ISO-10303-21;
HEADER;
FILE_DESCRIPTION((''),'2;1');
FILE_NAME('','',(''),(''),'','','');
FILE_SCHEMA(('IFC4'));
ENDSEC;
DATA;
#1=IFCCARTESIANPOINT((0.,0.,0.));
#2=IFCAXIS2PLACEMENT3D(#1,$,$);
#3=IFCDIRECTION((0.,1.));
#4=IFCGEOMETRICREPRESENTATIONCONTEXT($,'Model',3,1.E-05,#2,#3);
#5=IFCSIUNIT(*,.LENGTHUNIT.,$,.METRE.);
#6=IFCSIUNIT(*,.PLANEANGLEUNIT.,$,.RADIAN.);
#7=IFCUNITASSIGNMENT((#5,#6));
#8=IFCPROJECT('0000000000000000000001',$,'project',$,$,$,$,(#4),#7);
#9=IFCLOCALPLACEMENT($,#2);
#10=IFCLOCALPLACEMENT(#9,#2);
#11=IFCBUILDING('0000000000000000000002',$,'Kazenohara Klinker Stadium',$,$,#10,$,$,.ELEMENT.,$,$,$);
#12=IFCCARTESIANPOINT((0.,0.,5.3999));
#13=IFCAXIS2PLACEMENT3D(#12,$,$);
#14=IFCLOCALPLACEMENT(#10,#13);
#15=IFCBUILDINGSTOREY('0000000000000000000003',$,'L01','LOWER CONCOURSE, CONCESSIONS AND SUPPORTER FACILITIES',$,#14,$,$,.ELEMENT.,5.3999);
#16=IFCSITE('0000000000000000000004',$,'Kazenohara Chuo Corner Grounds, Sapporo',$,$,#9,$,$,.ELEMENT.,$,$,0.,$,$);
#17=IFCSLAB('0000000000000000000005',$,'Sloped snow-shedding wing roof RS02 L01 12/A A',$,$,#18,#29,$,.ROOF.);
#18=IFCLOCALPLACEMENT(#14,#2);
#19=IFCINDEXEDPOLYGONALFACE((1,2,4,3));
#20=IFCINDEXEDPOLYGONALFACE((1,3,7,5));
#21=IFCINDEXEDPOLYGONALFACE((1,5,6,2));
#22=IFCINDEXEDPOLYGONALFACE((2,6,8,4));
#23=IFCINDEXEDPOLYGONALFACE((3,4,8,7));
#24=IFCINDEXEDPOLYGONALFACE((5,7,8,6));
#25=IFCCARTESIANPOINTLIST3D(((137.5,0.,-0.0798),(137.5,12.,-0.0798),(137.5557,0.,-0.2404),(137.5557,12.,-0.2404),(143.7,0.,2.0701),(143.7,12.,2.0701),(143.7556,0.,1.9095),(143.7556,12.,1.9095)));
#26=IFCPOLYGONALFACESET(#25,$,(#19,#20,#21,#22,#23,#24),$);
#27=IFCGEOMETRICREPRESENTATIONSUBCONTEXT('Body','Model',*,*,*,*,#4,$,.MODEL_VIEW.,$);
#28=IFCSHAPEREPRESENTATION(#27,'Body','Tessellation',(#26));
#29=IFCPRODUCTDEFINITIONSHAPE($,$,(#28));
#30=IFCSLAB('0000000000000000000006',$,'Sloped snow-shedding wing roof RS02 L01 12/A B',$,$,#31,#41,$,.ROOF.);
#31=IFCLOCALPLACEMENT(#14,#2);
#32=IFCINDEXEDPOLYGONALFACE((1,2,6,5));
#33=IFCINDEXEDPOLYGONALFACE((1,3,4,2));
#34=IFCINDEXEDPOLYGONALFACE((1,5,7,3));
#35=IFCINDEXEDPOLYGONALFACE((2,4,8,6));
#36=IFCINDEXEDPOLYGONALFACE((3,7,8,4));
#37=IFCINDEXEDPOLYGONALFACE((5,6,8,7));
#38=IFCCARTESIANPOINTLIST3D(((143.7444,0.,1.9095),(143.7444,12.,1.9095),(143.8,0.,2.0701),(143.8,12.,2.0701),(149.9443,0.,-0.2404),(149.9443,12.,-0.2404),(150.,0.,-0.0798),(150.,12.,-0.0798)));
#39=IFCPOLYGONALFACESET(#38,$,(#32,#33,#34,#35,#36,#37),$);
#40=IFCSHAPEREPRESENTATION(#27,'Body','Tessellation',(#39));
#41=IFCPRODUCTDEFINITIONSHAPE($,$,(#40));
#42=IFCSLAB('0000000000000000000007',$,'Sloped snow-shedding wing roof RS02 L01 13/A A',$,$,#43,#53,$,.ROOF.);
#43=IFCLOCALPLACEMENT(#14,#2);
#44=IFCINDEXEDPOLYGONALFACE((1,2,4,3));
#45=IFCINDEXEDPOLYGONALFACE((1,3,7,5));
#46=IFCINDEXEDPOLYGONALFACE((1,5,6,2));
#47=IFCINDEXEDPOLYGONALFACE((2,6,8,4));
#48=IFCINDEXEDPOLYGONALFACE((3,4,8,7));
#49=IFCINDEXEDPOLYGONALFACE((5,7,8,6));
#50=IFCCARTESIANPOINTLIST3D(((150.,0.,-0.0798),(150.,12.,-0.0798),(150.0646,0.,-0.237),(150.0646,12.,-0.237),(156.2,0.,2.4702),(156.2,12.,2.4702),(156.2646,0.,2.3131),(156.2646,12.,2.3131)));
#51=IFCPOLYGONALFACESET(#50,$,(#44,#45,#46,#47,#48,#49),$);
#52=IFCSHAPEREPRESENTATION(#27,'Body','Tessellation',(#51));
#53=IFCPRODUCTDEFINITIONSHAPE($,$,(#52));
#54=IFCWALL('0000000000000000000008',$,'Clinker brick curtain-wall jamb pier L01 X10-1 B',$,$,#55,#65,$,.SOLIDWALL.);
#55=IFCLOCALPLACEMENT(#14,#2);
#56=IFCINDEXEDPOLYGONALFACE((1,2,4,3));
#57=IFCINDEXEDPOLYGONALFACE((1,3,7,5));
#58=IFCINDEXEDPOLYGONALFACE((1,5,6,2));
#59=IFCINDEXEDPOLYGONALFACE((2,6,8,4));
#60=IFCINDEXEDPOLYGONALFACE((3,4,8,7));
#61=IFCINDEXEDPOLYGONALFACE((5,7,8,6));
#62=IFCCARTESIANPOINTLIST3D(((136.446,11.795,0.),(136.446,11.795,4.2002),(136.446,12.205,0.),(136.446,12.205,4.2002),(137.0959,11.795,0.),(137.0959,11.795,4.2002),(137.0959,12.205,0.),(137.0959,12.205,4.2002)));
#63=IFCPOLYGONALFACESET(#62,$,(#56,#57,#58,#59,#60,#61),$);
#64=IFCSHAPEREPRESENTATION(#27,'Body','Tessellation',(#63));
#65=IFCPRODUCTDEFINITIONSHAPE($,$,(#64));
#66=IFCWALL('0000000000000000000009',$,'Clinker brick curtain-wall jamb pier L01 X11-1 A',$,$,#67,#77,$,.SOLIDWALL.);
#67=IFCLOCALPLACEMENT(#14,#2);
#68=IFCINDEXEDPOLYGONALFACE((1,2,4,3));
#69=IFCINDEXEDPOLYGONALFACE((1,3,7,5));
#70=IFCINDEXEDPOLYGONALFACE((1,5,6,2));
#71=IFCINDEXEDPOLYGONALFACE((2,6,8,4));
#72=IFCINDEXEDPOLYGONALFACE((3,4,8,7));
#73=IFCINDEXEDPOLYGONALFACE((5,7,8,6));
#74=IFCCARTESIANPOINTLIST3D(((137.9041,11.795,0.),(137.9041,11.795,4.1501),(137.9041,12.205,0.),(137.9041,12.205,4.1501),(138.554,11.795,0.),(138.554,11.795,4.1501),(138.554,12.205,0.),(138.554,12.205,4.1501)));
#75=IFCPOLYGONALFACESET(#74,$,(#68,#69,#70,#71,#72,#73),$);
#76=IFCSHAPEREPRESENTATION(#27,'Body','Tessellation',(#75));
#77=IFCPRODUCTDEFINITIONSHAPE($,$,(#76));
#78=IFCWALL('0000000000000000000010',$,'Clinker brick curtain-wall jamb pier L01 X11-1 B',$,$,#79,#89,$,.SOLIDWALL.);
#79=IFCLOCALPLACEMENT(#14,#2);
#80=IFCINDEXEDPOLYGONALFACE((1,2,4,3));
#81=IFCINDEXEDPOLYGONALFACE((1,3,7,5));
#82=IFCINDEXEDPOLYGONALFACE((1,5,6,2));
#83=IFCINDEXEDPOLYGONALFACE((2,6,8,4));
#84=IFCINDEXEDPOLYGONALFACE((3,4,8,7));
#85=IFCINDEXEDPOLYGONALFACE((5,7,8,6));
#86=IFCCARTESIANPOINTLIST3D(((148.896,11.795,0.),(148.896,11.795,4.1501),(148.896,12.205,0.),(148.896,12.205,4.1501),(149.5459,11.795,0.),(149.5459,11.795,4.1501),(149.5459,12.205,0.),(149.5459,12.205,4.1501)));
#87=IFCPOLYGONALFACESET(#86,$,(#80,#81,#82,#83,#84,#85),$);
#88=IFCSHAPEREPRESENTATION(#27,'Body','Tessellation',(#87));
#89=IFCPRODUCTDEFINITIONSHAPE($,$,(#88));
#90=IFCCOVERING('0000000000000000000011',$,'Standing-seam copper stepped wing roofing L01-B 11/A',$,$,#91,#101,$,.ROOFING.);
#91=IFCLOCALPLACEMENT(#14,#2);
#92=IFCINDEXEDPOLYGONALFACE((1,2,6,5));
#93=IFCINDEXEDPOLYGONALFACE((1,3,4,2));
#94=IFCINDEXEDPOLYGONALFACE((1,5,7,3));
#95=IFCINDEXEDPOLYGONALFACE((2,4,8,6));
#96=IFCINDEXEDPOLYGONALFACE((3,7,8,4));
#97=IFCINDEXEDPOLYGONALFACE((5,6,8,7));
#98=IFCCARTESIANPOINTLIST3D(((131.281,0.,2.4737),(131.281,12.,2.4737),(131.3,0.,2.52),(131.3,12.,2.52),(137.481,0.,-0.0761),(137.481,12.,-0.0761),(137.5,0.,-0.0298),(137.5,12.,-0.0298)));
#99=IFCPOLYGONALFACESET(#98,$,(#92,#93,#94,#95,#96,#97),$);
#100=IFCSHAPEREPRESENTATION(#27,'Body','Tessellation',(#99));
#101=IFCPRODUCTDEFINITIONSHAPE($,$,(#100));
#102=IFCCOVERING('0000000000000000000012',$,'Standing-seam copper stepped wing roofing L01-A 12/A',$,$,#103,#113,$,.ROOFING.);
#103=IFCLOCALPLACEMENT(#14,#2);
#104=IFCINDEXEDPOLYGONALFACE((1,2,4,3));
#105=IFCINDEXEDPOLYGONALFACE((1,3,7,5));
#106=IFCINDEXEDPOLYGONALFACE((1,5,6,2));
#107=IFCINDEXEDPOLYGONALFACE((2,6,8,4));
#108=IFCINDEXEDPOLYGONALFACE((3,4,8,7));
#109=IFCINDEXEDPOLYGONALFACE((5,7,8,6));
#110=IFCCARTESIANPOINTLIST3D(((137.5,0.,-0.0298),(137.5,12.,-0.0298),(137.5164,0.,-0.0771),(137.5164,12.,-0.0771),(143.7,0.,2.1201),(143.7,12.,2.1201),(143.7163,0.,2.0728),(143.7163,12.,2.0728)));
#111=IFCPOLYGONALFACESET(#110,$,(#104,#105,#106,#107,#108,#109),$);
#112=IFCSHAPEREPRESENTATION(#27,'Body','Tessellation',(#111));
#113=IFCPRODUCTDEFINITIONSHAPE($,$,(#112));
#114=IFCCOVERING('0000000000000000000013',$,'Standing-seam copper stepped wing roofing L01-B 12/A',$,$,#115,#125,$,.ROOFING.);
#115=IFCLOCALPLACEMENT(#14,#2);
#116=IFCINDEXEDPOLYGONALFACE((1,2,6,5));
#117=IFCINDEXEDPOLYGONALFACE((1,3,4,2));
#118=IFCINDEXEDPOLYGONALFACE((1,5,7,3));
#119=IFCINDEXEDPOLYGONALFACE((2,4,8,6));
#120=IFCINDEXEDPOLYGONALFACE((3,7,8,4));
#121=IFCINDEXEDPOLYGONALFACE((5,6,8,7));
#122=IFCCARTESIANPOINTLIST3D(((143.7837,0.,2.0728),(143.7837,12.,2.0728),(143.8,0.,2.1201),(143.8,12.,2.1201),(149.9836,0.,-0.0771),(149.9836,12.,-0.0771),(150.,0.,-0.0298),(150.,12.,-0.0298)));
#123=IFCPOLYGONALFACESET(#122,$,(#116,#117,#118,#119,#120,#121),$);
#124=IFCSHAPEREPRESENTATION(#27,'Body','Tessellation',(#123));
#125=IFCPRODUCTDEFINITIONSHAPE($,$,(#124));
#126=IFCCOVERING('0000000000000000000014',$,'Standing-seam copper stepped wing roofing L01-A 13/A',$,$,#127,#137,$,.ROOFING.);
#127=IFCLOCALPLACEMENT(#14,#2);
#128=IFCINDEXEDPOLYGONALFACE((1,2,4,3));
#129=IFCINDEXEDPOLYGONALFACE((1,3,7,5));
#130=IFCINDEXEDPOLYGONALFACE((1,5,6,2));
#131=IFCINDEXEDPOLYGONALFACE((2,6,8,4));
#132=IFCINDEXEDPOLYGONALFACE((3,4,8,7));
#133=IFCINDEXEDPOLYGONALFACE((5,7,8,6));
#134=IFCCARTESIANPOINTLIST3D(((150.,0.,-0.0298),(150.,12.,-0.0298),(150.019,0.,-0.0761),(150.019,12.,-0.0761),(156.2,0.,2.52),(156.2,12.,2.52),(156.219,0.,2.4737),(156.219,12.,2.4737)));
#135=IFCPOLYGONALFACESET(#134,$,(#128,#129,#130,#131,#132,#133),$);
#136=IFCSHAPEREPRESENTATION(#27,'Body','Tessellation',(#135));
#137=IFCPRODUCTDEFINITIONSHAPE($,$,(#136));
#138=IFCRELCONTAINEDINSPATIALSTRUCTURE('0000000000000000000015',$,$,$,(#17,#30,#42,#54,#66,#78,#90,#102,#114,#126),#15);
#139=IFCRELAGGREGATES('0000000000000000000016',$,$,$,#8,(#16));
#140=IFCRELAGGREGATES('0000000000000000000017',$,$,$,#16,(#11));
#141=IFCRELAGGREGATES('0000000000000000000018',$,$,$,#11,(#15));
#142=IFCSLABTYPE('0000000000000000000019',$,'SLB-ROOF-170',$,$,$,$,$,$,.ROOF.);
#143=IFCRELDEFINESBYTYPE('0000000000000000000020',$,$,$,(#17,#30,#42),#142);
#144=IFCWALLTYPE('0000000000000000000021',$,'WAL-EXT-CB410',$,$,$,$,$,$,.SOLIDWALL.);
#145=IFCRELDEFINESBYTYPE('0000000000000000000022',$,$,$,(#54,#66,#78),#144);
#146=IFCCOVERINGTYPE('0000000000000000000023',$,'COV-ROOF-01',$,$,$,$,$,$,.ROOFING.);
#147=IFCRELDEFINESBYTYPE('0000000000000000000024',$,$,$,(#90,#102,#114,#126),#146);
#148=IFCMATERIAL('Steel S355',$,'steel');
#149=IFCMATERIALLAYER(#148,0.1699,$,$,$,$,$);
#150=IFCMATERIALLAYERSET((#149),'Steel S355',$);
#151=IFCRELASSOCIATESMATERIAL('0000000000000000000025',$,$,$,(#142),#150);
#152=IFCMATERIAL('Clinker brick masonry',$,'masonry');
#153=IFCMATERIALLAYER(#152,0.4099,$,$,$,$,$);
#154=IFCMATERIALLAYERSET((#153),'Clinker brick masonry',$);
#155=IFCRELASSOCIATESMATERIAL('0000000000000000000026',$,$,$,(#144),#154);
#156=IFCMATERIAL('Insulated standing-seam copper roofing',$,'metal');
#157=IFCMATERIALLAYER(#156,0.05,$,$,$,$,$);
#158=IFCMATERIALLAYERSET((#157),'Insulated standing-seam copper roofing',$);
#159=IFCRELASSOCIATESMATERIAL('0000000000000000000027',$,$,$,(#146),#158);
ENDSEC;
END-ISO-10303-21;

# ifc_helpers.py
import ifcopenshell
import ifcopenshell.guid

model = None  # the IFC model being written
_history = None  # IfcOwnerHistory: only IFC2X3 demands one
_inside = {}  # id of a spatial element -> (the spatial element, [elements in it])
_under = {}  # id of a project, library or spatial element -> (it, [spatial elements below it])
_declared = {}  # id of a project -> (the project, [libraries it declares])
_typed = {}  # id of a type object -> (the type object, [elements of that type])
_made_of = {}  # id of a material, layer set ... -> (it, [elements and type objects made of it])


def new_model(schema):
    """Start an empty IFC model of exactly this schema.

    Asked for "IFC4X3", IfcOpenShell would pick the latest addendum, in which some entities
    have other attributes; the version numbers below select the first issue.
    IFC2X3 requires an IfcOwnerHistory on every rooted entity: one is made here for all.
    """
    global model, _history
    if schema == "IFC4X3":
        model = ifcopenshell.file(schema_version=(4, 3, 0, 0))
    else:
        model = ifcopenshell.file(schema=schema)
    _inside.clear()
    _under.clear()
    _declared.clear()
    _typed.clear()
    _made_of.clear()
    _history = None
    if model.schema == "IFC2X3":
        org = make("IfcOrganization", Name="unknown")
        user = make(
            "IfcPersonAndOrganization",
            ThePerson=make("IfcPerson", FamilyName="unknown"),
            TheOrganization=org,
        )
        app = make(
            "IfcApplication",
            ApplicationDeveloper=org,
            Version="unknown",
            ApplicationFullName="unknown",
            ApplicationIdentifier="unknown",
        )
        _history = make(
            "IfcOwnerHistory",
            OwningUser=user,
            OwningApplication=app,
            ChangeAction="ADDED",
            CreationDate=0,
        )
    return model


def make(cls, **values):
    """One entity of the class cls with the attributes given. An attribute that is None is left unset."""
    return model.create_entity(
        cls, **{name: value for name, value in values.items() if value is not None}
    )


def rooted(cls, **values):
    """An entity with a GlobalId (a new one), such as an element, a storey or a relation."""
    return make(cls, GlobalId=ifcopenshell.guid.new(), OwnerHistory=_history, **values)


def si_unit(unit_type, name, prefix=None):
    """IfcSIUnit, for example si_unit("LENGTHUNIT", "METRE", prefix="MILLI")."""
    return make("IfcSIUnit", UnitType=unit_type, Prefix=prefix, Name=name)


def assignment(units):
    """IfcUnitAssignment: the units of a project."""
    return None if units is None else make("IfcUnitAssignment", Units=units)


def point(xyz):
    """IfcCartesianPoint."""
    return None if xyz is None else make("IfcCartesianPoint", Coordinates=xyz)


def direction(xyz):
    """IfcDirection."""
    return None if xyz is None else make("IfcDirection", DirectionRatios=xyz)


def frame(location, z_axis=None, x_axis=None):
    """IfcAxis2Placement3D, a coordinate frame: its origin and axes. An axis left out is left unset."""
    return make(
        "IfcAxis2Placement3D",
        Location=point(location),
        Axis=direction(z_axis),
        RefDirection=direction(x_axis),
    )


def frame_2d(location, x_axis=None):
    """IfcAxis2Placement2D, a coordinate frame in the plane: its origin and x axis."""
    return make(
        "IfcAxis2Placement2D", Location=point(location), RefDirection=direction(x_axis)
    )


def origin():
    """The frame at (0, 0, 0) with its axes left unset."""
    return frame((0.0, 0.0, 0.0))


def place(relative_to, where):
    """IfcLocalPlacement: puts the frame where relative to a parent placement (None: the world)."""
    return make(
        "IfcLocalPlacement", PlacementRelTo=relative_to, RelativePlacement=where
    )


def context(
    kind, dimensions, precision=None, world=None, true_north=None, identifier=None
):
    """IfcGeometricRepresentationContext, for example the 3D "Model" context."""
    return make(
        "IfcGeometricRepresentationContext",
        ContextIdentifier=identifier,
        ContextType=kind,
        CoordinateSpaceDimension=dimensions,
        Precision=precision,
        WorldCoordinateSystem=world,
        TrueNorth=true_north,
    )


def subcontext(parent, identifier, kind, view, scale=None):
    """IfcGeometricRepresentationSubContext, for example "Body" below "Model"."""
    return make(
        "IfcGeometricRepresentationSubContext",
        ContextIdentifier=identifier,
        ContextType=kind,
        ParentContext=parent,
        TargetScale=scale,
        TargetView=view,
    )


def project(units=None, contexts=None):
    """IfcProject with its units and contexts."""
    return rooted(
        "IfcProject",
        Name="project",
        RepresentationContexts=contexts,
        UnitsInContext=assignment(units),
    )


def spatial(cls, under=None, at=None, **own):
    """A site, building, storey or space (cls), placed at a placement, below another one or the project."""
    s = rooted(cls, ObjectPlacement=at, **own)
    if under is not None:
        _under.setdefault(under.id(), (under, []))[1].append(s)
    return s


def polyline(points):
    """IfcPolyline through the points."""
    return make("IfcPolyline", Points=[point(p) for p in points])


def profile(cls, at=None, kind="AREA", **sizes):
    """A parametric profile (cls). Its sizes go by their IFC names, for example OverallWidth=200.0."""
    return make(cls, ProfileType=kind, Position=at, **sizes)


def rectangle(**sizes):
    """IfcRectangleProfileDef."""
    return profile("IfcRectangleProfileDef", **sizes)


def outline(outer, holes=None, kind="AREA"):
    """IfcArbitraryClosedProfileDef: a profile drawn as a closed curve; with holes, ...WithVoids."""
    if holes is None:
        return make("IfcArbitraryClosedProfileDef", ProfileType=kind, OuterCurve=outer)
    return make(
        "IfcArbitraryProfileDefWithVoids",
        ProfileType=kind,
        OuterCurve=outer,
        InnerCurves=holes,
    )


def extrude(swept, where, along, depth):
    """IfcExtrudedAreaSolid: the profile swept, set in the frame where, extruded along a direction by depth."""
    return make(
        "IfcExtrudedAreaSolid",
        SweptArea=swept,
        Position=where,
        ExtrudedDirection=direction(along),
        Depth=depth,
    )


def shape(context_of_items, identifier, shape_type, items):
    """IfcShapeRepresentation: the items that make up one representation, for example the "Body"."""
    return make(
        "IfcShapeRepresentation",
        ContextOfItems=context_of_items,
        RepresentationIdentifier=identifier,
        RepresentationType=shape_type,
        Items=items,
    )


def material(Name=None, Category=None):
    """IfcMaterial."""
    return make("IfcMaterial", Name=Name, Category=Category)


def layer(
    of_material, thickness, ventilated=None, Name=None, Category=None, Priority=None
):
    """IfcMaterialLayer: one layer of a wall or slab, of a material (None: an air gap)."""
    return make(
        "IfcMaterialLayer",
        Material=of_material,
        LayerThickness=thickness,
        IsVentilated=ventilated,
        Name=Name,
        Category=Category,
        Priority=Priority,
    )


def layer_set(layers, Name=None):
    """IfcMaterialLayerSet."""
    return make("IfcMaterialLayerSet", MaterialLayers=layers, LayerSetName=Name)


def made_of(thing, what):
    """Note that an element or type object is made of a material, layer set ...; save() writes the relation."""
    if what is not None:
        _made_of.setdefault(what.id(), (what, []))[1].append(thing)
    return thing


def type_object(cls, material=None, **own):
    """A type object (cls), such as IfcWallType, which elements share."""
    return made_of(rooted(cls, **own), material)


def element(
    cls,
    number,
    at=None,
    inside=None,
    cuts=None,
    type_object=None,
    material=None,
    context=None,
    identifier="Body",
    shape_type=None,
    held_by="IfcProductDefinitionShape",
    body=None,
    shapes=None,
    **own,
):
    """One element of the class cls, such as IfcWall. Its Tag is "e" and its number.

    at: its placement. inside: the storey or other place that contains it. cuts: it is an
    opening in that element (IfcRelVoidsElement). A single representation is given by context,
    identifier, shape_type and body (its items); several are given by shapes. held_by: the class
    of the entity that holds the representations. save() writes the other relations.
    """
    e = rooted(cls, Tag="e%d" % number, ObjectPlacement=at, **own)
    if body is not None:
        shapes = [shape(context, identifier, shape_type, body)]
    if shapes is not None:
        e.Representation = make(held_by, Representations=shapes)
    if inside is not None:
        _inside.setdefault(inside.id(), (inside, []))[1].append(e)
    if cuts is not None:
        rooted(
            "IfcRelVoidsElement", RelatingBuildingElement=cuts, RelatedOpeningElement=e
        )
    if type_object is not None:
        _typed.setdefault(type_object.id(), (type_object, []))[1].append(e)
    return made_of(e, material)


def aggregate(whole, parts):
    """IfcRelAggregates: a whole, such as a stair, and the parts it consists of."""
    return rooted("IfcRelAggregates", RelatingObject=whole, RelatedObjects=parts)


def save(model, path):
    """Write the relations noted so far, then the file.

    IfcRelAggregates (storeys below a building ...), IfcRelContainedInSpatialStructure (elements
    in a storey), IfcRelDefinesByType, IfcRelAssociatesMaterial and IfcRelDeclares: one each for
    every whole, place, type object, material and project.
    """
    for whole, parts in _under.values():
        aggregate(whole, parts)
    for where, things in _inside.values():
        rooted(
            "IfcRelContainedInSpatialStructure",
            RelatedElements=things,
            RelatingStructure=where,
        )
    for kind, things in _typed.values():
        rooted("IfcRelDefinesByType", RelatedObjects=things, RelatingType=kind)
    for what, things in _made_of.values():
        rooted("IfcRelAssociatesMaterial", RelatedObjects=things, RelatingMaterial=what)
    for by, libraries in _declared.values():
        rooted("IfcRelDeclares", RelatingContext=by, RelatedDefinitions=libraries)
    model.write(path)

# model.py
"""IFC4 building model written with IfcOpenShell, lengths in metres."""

from ifc_helpers import new_model, si_unit, direction, frame, frame_2d, origin, place, context, subcontext, project, spatial, polyline, rectangle, outline, extrude, material, layer, layer_set, type_object, element, save


model = new_model("IFC4")

# Units and contexts
model_context = context("Model", 3, precision=1e-05, world=origin(), true_north=direction((0.0, 1.0)))
body_context = subcontext(model_context, "Body", "Model", "MODEL_VIEW")
ifc_project = project(units=[si_unit("LENGTHUNIT", "METRE"), si_unit("PLANEANGLEUNIT", "RADIAN")], contexts=[model_context])

# Site, building, storey
site_placement = place(None, origin())
site = spatial("IfcSite", under=ifc_project, at=site_placement, Name="Kazenohara Chuo Corner Grounds, Sapporo", CompositionType="ELEMENT", RefElevation=0.0)
building_placement = place(site_placement, origin())
building = spatial("IfcBuilding", under=site, at=building_placement, Name="Kazenohara Klinker Stadium", CompositionType="ELEMENT")
storey_placement = place(building_placement, frame((0.0, 0.0, 5.3999)))
storey = spatial("IfcBuildingStorey", under=building, at=storey_placement, Name="L01", Description="LOWER CONCOURSE, CONCESSIONS AND SUPPORTER FACILITIES", CompositionType="ELEMENT", Elevation=5.3999)

# Shared definitions
ifc_material_1 = material(Name="Steel S355", Category="steel")

# Slabs
ifc_layer_1 = layer(ifc_material_1, 0.1699)
ifc_layer_set_1 = layer_set([ifc_layer_1], Name="Steel S355")
slab_type = type_object("IfcSlabType", Name="SLB-ROOF-170", PredefinedType="ROOF", material=ifc_layer_set_1)
for number, where, z_axis, x_axis, name in (
    (1, (137.5, 0.0, -0.0798), (-0.327623, 0.0, 0.944809), (0.944809, 0.0, 0.327623), "Sloped snow-shedding wing roof RS02 L01 12/A A"),
    (2, (143.8, 0.0, 2.0701), (0.327623, 0.0, 0.944809), (0.944809, 0.0, -0.327623), "Sloped snow-shedding wing roof RS02 L01 12/A B"),
):
    element("IfcSlab", number, at=place(storey_placement, frame(where, z_axis=z_axis, x_axis=x_axis)), inside=storey, type_object=slab_type, Name=name, PredefinedType="ROOF", context=body_context, shape_type="SweptSolid", body=[
        extrude(outline(polyline([(0.0, 0.0), (6.5621, 0.0), (6.5621, 12.0), (0.0, 12.0), (0.0, 0.0)])), origin(), (0.0, 0.0, -1.0), 0.1699),
    ])
slab_1_placement = place(storey_placement, frame((150.0, 0.0, -0.0798), z_axis=(-0.380383, 0.0, 0.924829), x_axis=(0.924829, 0.0, 0.380383)))
element("IfcSlab", 3, at=slab_1_placement, inside=storey, type_object=slab_type, Name="Sloped snow-shedding wing roof RS02 L01 13/A A", PredefinedType="ROOF", context=body_context, shape_type="SweptSolid", body=[
    extrude(outline(polyline([(0.0, 0.0), (6.7039, 0.0), (6.7039, 12.0), (0.0, 12.0), (0.0, 0.0)])), origin(), (0.0, 0.0, -1.0), 0.1699),
])

# Walls
ifc_material_2 = material(Name="Clinker brick masonry", Category="masonry")
ifc_layer_2 = layer(ifc_material_2, 0.4099)
ifc_layer_set_2 = layer_set([ifc_layer_2], Name="Clinker brick masonry")
wall_type = type_object("IfcWallType", Name="WAL-EXT-CB410", PredefinedType="SOLIDWALL", material=ifc_layer_set_2)
wall_placement = place(storey_placement, frame((136.446, 12.0, 0.0), z_axis=(0.0, 0.0, 1.0), x_axis=(1.0, 0.0, 0.0)))
element("IfcWall", 4, at=wall_placement, inside=storey, type_object=wall_type, Name="Clinker brick curtain-wall jamb pier L01 X10-1 B", PredefinedType="SOLIDWALL", context=body_context, shape_type="SweptSolid", body=[
    extrude(rectangle(XDim=0.6499, YDim=0.4099, at=frame_2d((0.325, 0.0))), origin(), (0.0, 0.0, 1.0), 4.2002),
])
for number, where, z_axis, x_axis, name in (
    (5, (137.9041, 12.0, 0.0), (0.0, 0.0, 1.0), (1.0, 0.0, 0.0), "Clinker brick curtain-wall jamb pier L01 X11-1 A"),
    (6, (148.896, 12.0, 0.0), (0.0, 0.0, 1.0), (1.0, 0.0, 0.0), "Clinker brick curtain-wall jamb pier L01 X11-1 B"),
):
    element("IfcWall", number, at=place(storey_placement, frame(where, z_axis=z_axis, x_axis=x_axis)), inside=storey, type_object=wall_type, Name=name, PredefinedType="SOLIDWALL", context=body_context, shape_type="SweptSolid", body=[
        extrude(rectangle(XDim=0.6499, YDim=0.4099, at=frame_2d((0.325, 0.0))), origin(), (0.0, 0.0, 1.0), 4.1501),
    ])

# Coverings
ifc_material_3 = material(Name="Insulated standing-seam copper roofing", Category="metal")
ifc_layer_3 = layer(ifc_material_3, 0.05)
ifc_layer_set_3 = layer_set([ifc_layer_3], Name="Insulated standing-seam copper roofing")
covering_type = type_object("IfcCoveringType", Name="COV-ROOF-01", PredefinedType="ROOFING", material=ifc_layer_set_3)
covering_1_placement = place(storey_placement, frame((131.3, 0.0, 2.52), z_axis=(0.380352, 0.0, 0.924842), x_axis=(0.924842, 0.0, -0.380352)))
element("IfcCovering", 7, at=covering_1_placement, inside=storey, type_object=covering_type, Name="Standing-seam copper stepped wing roofing L01-B 11/A", PredefinedType="ROOFING", context=body_context, shape_type="SweptSolid", body=[
    extrude(outline(polyline([(0.0, 0.0), (6.7038, 0.0), (6.7038, 12.0), (0.0, 12.0), (0.0, 0.0)])), origin(), (0.0, 0.0, -1.0), 0.05),
])
for number, where, z_axis, x_axis, name in (
    (8, (137.5, 0.0, -0.0298), (-0.327623, 0.0, 0.944809), (0.944809, 0.0, 0.327623), "Standing-seam copper stepped wing roofing L01-A 12/A"),
    (9, (143.8, 0.0, 2.1201), (0.327623, 0.0, 0.944809), (0.944809, 0.0, -0.327623), "Standing-seam copper stepped wing roofing L01-B 12/A"),
):
    element("IfcCovering", number, at=place(storey_placement, frame(where, z_axis=z_axis, x_axis=x_axis)), inside=storey, type_object=covering_type, Name=name, PredefinedType="ROOFING", context=body_context, shape_type="SweptSolid", body=[
        extrude(outline(polyline([(0.0, 0.0), (6.5621, 0.0), (6.5621, 12.0), (0.0, 12.0), (0.0, 0.0)])), origin(), (0.0, 0.0, -1.0), 0.05),
    ])
covering_2_placement = place(storey_placement, frame((150.0, 0.0, -0.0298), z_axis=(-0.380352, 0.0, 0.924842), x_axis=(0.924842, 0.0, 0.380352)))
element("IfcCovering", 10, at=covering_2_placement, inside=storey, type_object=covering_type, Name="Standing-seam copper stepped wing roofing L01-A 13/A", PredefinedType="ROOFING", context=body_context, shape_type="SweptSolid", body=[
    extrude(outline(polyline([(0.0, 0.0), (6.7038, 0.0), (6.7038, 12.0), (0.0, 12.0), (0.0, 0.0)])), origin(), (0.0, 0.0, -1.0), 0.05),
])

save(model, "model.ifc")
